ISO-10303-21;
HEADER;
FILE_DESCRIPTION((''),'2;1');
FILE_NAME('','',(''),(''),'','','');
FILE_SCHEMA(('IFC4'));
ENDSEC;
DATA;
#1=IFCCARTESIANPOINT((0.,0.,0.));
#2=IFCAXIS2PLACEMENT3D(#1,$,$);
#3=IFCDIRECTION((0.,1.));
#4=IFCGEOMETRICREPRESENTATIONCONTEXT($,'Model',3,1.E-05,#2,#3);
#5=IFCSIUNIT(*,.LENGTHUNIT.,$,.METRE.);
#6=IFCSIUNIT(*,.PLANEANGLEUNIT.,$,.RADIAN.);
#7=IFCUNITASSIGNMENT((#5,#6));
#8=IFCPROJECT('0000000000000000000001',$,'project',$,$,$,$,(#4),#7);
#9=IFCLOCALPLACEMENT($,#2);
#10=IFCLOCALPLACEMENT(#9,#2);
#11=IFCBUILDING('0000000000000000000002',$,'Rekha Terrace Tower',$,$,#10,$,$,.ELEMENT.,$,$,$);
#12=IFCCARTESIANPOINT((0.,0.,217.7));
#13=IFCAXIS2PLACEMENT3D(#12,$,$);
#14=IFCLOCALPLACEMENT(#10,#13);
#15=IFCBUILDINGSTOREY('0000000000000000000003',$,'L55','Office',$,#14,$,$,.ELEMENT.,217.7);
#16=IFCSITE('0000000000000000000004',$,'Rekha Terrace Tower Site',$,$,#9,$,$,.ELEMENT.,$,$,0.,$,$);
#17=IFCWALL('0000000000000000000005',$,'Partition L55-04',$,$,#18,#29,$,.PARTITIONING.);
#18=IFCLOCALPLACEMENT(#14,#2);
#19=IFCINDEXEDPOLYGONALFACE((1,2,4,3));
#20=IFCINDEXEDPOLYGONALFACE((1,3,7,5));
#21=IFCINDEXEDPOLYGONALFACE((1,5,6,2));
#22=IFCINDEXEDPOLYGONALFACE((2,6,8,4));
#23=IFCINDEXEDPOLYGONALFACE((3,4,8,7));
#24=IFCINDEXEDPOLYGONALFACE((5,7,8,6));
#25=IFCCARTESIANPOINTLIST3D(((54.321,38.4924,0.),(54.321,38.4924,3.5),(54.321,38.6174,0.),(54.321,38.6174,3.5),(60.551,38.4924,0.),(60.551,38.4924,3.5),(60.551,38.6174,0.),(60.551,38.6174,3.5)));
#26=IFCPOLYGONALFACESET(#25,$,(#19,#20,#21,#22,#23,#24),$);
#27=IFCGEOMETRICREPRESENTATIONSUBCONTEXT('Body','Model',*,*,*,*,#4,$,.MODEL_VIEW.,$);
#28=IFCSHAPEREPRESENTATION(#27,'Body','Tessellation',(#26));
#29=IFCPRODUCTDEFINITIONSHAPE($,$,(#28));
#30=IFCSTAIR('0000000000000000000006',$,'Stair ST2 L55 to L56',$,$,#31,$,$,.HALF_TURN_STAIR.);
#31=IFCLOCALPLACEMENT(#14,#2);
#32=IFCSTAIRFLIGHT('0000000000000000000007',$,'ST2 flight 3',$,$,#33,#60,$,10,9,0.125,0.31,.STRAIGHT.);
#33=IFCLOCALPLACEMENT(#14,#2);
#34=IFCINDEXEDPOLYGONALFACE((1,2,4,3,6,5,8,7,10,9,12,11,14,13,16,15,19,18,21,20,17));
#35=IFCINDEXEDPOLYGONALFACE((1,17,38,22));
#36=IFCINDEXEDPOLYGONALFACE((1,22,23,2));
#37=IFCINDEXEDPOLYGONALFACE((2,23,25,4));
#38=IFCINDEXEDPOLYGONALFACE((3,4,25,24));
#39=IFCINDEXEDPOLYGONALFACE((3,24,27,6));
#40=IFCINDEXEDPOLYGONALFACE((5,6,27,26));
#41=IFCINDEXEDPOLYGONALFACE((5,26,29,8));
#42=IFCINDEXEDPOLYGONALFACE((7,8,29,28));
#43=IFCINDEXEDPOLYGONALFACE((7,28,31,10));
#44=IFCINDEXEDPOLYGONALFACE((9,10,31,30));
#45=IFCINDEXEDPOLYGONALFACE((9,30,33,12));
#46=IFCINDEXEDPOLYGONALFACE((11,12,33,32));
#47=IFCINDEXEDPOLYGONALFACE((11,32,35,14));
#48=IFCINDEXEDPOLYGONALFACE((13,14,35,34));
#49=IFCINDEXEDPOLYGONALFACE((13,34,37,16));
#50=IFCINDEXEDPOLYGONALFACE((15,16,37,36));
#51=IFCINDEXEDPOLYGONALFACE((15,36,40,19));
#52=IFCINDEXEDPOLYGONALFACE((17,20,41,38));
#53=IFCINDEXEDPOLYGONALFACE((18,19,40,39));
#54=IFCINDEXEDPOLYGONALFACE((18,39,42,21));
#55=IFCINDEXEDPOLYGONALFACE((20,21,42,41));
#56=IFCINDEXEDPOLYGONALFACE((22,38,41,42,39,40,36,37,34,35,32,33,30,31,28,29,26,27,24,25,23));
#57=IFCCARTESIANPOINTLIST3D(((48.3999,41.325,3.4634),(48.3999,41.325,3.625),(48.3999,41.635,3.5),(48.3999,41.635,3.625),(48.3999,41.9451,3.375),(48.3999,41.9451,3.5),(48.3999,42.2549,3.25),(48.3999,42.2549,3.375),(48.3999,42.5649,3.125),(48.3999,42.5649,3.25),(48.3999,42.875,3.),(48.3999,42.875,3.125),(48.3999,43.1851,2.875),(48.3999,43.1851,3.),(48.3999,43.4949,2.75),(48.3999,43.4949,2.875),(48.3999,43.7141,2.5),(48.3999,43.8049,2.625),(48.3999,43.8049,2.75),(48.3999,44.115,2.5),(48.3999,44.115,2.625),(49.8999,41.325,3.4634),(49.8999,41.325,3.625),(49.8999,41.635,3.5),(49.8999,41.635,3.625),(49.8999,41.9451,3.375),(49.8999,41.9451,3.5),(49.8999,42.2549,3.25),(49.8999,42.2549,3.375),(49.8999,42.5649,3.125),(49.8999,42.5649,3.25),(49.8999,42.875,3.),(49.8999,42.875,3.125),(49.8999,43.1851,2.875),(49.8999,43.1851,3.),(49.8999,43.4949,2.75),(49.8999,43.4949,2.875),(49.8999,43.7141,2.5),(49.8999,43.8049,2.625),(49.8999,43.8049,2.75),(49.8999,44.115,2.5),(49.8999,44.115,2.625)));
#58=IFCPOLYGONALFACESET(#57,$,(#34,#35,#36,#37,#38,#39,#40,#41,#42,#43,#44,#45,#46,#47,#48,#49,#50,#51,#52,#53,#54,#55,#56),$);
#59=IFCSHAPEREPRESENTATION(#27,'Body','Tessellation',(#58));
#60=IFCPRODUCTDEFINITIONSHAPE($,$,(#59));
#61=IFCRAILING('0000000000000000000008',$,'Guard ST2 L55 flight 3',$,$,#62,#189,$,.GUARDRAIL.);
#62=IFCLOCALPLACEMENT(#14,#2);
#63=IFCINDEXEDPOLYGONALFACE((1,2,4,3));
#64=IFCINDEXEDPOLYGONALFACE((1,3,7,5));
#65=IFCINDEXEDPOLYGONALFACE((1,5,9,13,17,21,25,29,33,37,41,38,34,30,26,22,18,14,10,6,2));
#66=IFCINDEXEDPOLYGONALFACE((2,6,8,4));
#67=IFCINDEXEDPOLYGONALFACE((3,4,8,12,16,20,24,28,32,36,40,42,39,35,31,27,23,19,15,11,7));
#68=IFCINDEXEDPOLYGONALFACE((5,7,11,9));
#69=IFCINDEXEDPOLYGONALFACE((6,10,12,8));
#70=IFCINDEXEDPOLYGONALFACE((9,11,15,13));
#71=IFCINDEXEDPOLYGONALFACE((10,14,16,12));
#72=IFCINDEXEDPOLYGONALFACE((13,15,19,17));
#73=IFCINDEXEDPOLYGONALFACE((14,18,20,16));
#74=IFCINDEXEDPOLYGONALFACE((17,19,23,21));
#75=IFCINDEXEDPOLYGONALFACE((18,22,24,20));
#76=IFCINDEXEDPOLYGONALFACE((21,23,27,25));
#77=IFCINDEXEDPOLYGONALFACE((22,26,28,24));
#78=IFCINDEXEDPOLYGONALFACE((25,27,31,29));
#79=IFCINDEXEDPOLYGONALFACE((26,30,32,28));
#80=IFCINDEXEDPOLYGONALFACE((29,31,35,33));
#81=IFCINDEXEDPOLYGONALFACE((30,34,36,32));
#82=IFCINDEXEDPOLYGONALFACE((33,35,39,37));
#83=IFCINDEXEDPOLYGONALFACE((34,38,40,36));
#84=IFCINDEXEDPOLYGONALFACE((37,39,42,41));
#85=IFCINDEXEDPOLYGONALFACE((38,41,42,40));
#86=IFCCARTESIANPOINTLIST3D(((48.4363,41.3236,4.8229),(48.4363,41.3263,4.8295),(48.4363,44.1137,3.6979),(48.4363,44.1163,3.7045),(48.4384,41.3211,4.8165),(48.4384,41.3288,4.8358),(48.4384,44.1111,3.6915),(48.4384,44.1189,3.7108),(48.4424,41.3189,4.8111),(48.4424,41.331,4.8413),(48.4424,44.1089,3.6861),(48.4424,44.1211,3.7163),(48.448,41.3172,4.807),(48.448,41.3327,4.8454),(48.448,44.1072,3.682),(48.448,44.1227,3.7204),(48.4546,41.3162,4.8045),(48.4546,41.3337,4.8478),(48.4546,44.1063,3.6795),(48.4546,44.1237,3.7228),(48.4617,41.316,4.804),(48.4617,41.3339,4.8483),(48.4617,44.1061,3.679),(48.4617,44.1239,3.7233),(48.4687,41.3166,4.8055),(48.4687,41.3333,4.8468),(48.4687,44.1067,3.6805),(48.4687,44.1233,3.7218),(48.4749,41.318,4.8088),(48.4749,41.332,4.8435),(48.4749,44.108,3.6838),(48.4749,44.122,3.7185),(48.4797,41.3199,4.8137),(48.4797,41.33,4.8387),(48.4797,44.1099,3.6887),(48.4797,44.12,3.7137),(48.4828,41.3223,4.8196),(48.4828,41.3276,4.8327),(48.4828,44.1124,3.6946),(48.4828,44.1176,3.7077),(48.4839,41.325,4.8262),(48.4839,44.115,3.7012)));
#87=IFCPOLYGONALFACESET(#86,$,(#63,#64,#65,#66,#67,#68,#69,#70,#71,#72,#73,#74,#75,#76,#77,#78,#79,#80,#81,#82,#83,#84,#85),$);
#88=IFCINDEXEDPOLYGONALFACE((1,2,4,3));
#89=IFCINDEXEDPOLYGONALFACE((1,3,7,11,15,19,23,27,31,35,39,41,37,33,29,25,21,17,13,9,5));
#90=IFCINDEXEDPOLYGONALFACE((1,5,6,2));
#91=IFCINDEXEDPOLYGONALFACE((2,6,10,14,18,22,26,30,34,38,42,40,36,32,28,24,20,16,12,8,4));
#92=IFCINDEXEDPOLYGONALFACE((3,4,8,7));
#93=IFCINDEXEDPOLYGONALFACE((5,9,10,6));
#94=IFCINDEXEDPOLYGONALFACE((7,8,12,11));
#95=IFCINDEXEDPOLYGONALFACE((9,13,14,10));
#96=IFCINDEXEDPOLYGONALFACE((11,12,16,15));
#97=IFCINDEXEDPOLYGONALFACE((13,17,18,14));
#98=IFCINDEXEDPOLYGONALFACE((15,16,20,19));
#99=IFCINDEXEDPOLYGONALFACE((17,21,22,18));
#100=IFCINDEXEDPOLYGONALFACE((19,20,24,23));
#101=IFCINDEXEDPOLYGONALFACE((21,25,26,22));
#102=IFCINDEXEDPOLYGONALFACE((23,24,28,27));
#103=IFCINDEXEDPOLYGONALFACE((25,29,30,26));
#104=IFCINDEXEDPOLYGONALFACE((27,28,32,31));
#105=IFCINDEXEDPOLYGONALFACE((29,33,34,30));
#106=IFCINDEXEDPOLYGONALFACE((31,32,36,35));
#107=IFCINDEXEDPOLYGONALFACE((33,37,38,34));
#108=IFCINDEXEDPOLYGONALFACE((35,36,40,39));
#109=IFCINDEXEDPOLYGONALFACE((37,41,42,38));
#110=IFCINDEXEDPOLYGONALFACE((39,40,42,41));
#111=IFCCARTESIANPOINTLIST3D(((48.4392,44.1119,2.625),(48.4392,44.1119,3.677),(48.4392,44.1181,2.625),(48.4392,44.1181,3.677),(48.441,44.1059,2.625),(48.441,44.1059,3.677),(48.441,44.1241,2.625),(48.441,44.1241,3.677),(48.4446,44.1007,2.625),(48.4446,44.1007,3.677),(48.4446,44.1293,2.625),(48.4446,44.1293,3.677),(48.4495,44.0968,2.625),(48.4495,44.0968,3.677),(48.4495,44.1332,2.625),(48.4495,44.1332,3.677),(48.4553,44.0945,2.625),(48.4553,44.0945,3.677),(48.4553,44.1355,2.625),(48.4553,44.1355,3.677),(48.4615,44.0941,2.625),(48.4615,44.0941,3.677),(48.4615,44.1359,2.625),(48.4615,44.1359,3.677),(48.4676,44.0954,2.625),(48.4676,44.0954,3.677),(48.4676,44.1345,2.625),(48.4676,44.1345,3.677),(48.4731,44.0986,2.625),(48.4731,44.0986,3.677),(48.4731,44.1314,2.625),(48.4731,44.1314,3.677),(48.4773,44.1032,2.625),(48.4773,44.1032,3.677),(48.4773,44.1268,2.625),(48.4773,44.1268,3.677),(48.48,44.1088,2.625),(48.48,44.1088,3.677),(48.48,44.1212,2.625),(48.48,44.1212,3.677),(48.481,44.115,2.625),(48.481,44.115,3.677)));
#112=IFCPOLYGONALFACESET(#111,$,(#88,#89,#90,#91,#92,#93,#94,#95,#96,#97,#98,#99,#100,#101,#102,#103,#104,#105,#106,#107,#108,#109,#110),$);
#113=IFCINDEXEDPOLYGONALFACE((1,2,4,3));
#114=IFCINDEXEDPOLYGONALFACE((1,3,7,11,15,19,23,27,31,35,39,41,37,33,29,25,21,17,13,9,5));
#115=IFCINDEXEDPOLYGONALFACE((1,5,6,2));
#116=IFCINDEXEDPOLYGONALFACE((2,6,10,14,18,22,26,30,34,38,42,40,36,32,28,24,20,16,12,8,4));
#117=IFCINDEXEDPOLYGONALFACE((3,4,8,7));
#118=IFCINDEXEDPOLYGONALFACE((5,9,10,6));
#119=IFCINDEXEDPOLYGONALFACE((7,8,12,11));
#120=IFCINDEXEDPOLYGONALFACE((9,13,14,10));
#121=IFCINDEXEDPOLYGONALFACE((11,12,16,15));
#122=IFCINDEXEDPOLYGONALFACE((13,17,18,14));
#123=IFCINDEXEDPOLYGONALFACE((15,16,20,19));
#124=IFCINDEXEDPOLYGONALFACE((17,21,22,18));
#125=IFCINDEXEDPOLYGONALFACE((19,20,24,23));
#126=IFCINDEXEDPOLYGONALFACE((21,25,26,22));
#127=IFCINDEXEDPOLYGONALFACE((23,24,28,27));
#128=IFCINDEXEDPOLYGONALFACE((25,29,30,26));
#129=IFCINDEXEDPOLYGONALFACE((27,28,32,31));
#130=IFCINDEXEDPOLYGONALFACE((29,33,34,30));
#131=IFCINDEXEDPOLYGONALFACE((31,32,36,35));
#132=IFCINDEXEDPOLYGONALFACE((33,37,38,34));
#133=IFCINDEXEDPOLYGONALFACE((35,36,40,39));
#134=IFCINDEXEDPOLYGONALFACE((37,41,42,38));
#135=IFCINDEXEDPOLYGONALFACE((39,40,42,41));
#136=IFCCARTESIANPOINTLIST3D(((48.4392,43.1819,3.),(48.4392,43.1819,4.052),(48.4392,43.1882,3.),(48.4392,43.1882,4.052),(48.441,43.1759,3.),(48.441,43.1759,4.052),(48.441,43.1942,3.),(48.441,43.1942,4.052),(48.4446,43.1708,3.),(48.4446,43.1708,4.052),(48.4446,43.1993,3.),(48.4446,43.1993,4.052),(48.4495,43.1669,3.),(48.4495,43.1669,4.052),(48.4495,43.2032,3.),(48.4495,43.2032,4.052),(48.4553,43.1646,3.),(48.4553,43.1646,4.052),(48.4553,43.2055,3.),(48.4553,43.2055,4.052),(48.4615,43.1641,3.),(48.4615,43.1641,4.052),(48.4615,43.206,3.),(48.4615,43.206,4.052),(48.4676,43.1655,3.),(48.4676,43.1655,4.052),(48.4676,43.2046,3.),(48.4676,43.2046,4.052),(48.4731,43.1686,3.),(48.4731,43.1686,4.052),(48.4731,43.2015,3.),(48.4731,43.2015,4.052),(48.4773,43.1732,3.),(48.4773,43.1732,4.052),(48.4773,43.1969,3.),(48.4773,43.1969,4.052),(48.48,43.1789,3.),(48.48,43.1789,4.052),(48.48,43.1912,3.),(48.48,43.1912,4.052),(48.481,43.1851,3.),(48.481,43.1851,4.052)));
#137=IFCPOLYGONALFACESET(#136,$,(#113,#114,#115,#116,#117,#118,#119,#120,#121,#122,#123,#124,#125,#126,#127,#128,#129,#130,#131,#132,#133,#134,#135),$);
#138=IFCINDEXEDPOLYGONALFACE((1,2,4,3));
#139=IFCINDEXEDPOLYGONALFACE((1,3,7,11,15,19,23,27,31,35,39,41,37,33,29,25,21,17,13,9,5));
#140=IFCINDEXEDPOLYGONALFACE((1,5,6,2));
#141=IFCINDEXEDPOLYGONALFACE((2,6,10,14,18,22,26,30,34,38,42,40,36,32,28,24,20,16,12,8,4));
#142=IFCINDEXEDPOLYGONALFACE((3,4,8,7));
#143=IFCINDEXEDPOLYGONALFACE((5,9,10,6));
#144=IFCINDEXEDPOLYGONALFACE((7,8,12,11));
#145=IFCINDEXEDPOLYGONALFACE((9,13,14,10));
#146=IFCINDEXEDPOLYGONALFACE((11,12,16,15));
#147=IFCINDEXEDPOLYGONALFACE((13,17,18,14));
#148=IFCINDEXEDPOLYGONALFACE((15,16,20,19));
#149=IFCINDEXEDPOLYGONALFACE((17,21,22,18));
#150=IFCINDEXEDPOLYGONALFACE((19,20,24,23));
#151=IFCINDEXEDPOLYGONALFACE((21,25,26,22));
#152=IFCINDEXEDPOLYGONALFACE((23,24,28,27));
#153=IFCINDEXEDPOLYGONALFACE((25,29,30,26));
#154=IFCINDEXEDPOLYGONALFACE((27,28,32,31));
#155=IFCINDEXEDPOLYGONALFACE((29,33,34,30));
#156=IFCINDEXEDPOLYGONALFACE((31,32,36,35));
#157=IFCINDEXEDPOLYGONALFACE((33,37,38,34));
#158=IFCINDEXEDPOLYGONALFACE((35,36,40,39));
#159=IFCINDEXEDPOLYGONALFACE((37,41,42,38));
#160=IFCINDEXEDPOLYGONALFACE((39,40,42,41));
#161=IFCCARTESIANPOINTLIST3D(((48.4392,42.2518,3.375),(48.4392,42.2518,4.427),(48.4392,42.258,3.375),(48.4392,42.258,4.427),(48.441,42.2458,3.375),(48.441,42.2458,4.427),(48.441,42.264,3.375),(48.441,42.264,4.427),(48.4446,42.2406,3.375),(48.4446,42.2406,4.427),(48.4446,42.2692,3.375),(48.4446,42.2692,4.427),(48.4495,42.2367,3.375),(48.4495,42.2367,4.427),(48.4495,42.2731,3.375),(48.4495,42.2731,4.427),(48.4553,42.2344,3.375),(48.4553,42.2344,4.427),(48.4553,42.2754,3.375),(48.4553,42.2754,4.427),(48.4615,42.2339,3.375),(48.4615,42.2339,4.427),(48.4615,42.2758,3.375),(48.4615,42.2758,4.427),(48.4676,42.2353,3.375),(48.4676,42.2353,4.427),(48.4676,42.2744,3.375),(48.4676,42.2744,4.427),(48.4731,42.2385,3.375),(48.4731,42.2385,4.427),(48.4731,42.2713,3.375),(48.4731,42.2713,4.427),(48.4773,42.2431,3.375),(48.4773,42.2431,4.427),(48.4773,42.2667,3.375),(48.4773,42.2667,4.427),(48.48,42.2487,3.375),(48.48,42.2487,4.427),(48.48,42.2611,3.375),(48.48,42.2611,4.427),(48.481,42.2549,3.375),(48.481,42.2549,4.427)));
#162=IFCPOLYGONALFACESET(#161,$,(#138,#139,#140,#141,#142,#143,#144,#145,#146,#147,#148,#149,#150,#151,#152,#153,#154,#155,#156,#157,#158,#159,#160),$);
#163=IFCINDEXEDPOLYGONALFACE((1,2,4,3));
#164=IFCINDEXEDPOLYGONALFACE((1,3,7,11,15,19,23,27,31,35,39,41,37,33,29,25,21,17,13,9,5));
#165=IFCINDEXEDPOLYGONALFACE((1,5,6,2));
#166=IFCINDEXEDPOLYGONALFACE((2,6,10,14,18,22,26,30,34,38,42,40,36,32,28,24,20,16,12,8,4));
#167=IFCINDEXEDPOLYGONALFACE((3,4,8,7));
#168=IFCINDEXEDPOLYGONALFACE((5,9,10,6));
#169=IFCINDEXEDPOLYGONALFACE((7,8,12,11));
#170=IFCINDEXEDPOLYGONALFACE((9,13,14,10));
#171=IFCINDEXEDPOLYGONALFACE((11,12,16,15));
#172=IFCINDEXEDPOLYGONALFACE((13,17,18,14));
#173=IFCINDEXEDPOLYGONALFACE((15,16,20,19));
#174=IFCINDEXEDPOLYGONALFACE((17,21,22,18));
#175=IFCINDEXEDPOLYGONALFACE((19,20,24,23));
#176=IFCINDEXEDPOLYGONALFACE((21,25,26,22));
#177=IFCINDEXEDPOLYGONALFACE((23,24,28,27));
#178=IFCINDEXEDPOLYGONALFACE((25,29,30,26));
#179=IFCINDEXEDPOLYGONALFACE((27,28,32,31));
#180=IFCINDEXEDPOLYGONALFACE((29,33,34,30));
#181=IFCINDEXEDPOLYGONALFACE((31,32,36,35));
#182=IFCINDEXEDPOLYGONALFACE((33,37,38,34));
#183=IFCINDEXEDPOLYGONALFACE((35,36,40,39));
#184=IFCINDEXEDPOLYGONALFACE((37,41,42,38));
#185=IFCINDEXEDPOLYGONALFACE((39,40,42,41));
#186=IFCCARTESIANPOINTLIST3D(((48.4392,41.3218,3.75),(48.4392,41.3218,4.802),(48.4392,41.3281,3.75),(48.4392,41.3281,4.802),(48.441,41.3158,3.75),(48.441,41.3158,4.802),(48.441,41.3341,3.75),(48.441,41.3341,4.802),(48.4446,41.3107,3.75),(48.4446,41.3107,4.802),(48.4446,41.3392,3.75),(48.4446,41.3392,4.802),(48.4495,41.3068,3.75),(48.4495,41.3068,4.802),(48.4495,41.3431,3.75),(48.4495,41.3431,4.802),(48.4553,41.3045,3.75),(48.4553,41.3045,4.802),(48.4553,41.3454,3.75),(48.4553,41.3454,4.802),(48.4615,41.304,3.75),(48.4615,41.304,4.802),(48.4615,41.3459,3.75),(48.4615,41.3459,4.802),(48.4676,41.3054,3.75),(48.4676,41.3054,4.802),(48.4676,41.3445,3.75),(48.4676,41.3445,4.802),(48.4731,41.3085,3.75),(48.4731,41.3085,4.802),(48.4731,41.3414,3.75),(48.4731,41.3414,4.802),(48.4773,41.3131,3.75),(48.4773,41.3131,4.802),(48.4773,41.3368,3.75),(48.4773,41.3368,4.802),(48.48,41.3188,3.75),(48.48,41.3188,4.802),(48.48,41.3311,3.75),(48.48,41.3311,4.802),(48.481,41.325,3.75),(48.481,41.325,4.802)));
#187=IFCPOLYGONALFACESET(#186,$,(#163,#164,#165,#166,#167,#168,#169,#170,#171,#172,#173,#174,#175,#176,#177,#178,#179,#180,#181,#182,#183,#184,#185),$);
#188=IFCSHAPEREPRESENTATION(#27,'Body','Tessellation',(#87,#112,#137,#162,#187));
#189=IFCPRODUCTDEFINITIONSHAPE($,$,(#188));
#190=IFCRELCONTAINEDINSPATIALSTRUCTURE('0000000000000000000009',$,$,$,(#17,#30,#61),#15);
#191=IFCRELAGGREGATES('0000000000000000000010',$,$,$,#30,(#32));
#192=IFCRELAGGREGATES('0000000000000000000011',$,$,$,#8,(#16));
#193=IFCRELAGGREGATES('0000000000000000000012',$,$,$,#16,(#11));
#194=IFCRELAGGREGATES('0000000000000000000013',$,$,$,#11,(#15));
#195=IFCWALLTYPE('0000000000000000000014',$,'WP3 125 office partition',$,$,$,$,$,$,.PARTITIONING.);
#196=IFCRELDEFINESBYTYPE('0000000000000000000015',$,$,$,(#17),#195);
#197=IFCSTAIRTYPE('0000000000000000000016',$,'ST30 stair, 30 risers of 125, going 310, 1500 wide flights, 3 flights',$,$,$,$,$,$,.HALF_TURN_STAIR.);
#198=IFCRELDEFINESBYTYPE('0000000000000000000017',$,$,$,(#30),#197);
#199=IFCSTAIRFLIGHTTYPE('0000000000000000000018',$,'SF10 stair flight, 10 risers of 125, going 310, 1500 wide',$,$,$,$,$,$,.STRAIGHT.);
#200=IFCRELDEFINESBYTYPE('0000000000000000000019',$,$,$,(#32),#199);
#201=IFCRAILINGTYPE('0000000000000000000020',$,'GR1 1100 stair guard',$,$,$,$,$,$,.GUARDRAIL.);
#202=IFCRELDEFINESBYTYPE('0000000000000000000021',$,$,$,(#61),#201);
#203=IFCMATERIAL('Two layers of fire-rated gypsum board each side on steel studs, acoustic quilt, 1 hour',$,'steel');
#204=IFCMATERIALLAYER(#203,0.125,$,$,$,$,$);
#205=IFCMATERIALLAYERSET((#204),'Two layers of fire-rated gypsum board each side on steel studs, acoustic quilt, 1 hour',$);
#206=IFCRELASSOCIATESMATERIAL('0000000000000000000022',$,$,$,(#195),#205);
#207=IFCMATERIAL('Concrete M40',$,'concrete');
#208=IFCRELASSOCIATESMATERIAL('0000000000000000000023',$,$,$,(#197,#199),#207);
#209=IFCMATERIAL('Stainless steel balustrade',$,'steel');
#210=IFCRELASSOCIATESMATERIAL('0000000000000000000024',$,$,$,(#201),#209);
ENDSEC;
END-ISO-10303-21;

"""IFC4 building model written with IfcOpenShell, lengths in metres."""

from ifc_helpers import new_model, si_unit, direction, frame, frame_2d, origin, origin_2d, place, context, subcontext, project, spatial, polyline, rectangle, circle, outline, extrude, material, layer, layer_set, type_object, element, aggregate, save


model = new_model("IFC4")

# Units and contexts
model_context = context("Model", 3, precision=1e-05, world=origin(), true_north=direction((0.0, 1.0)))
body_context = subcontext(model_context, "Body", "Model", "MODEL_VIEW")
ifc_project = project(units=[si_unit("LENGTHUNIT", "METRE"), si_unit("PLANEANGLEUNIT", "RADIAN")], contexts=[model_context])

# Site, building, storey
site_placement = place(None, origin())
site = spatial("IfcSite", under=ifc_project, at=site_placement, Name="Rekha Terrace Tower Site", CompositionType="ELEMENT", RefElevation=0.0)
building_placement = place(site_placement, origin())
building = spatial("IfcBuilding", under=site, at=building_placement, Name="Rekha Terrace Tower", CompositionType="ELEMENT")
storey_placement = place(building_placement, frame((0.0, 0.0, 217.7)))
storey = spatial("IfcBuildingStorey", under=building, at=storey_placement, Name="L55", Description="Office", CompositionType="ELEMENT", Elevation=217.7)

# Shared definitions
ifc_material_1 = material(Name="Two layers of fire-rated gypsum board each side on steel studs, acoustic quilt, 1 hour", Category="steel")
ifc_layer_1 = layer(ifc_material_1, 0.125)
ifc_layer_set_1 = layer_set([ifc_layer_1], Name="Two layers of fire-rated gypsum board each side on steel studs, acoustic quilt, 1 hour")
wall_type_1 = type_object("IfcWallType", Name="WP3 125 office partition", PredefinedType="PARTITIONING", material=ifc_layer_set_1)

# Wall
wall_1_placement = place(storey_placement, frame((54.321, 38.5549, 0.0), z_axis=(0.0, 0.0, 1.0), x_axis=(1.0, 0.0, 0.0)))
element("IfcWall", 1, at=wall_1_placement, inside=storey, type_object=wall_type_1, Name="Partition L55-04", PredefinedType="PARTITIONING", context=body_context, shape_type="SweptSolid", body=[
    extrude(rectangle(XDim=6.23, YDim=0.125, at=frame_2d((3.115, 0.0))), origin(), (0.0, 0.0, 1.0), 3.5),
])

# Stair, stair flight
ifc_material_2 = material(Name="Concrete M40", Category="concrete")
stair_type = type_object("IfcStairType", Name="ST30 stair, 30 risers of 125, going 310, 1500 wide flights, 3 flights", PredefinedType="HALF_TURN_STAIR", material=ifc_material_2)
stair_placement = place(storey_placement, origin())
stair = element("IfcStair", 2, at=stair_placement, inside=storey, type_object=stair_type, Name="Stair ST2 L55 to L56", PredefinedType="HALF_TURN_STAIR")
stair_flight_type = type_object("IfcStairFlightType", Name="SF10 stair flight, 10 risers of 125, going 310, 1500 wide", PredefinedType="STRAIGHT", material=ifc_material_2)
stair_flight_placement = place(storey_placement, frame((49.1499, 44.115, 2.5), z_axis=(0.0, 0.0, 1.0), x_axis=(0.0, -1.0, 0.0)))
stair_flight = element("IfcStairFlight", 3, at=stair_flight_placement, type_object=stair_flight_type, Name="ST2 flight 3", NumberOfRisers=10, NumberOfTreads=9, PredefinedType="STRAIGHT", RiserHeight=0.125, TreadLength=0.31, context=body_context, shape_type="SweptSolid", body=[
    extrude(outline(polyline([(0.0, 0.0), (0.0, 0.125), (0.3101, 0.125), (0.3101, 0.25), (0.6201, 0.25), (0.6201, 0.375), (0.9299, 0.375), (0.9299, 0.5), (1.24, 0.5), (1.24, 0.625), (1.55, 0.625), (1.55, 0.75), (1.8601, 0.75), (1.8601, 0.875), (2.1699, 0.875), (2.1699, 1.0), (2.48, 1.0), (2.48, 1.125), (2.79, 1.125), (2.79, 1.25), (2.79, 0.9634), (0.4009, 0.0), (0.0, 0.0)])), frame((0.0, 0.75, 0.0), z_axis=(0.0, -1.0, 0.0), x_axis=(1.0, 0.0, 0.0)), (0.0, 0.0, 1.0), 1.5),
])
aggregate(stair, [stair_flight])

# Railing
ifc_material_3 = material(Name="Stainless steel balustrade", Category="steel")
railing_type_1 = type_object("IfcRailingType", Name="GR1 1100 stair guard", PredefinedType="GUARDRAIL", material=ifc_material_3)
railing_1_placement = place(storey_placement, frame((48.46, 44.115, 2.625)))
element("IfcRailing", 4, at=railing_1_placement, inside=storey, type_object=railing_type_1, Name="Guard ST2 L55 flight 3", PredefinedType="GUARDRAIL", context=body_context, shape_type="SweptSolid", body=[
    extrude(circle(Radius=0.0239, at=origin_2d()), frame((0.0, 0.0, 1.0762), z_axis=(0.0, -0.927443, 0.373964), x_axis=(1.0, 0.0, 0.0)), (0.0, 0.0, 1.0), 3.0083),
    extrude(circle(Radius=0.021, at=origin_2d()), origin(), (0.0, 0.0, 1.0), 1.052),
    extrude(circle(Radius=0.021, at=origin_2d()), frame((0.0, -0.9299, 0.375)), (0.0, 0.0, 1.0), 1.052),
    extrude(circle(Radius=0.021, at=origin_2d()), frame((0.0, -1.8601, 0.75)), (0.0, 0.0, 1.0), 1.052),
    extrude(circle(Radius=0.021, at=origin_2d()), frame((0.0, -2.79, 1.125)), (0.0, 0.0, 1.0), 1.052),
])

save(model, "model.ifc")
